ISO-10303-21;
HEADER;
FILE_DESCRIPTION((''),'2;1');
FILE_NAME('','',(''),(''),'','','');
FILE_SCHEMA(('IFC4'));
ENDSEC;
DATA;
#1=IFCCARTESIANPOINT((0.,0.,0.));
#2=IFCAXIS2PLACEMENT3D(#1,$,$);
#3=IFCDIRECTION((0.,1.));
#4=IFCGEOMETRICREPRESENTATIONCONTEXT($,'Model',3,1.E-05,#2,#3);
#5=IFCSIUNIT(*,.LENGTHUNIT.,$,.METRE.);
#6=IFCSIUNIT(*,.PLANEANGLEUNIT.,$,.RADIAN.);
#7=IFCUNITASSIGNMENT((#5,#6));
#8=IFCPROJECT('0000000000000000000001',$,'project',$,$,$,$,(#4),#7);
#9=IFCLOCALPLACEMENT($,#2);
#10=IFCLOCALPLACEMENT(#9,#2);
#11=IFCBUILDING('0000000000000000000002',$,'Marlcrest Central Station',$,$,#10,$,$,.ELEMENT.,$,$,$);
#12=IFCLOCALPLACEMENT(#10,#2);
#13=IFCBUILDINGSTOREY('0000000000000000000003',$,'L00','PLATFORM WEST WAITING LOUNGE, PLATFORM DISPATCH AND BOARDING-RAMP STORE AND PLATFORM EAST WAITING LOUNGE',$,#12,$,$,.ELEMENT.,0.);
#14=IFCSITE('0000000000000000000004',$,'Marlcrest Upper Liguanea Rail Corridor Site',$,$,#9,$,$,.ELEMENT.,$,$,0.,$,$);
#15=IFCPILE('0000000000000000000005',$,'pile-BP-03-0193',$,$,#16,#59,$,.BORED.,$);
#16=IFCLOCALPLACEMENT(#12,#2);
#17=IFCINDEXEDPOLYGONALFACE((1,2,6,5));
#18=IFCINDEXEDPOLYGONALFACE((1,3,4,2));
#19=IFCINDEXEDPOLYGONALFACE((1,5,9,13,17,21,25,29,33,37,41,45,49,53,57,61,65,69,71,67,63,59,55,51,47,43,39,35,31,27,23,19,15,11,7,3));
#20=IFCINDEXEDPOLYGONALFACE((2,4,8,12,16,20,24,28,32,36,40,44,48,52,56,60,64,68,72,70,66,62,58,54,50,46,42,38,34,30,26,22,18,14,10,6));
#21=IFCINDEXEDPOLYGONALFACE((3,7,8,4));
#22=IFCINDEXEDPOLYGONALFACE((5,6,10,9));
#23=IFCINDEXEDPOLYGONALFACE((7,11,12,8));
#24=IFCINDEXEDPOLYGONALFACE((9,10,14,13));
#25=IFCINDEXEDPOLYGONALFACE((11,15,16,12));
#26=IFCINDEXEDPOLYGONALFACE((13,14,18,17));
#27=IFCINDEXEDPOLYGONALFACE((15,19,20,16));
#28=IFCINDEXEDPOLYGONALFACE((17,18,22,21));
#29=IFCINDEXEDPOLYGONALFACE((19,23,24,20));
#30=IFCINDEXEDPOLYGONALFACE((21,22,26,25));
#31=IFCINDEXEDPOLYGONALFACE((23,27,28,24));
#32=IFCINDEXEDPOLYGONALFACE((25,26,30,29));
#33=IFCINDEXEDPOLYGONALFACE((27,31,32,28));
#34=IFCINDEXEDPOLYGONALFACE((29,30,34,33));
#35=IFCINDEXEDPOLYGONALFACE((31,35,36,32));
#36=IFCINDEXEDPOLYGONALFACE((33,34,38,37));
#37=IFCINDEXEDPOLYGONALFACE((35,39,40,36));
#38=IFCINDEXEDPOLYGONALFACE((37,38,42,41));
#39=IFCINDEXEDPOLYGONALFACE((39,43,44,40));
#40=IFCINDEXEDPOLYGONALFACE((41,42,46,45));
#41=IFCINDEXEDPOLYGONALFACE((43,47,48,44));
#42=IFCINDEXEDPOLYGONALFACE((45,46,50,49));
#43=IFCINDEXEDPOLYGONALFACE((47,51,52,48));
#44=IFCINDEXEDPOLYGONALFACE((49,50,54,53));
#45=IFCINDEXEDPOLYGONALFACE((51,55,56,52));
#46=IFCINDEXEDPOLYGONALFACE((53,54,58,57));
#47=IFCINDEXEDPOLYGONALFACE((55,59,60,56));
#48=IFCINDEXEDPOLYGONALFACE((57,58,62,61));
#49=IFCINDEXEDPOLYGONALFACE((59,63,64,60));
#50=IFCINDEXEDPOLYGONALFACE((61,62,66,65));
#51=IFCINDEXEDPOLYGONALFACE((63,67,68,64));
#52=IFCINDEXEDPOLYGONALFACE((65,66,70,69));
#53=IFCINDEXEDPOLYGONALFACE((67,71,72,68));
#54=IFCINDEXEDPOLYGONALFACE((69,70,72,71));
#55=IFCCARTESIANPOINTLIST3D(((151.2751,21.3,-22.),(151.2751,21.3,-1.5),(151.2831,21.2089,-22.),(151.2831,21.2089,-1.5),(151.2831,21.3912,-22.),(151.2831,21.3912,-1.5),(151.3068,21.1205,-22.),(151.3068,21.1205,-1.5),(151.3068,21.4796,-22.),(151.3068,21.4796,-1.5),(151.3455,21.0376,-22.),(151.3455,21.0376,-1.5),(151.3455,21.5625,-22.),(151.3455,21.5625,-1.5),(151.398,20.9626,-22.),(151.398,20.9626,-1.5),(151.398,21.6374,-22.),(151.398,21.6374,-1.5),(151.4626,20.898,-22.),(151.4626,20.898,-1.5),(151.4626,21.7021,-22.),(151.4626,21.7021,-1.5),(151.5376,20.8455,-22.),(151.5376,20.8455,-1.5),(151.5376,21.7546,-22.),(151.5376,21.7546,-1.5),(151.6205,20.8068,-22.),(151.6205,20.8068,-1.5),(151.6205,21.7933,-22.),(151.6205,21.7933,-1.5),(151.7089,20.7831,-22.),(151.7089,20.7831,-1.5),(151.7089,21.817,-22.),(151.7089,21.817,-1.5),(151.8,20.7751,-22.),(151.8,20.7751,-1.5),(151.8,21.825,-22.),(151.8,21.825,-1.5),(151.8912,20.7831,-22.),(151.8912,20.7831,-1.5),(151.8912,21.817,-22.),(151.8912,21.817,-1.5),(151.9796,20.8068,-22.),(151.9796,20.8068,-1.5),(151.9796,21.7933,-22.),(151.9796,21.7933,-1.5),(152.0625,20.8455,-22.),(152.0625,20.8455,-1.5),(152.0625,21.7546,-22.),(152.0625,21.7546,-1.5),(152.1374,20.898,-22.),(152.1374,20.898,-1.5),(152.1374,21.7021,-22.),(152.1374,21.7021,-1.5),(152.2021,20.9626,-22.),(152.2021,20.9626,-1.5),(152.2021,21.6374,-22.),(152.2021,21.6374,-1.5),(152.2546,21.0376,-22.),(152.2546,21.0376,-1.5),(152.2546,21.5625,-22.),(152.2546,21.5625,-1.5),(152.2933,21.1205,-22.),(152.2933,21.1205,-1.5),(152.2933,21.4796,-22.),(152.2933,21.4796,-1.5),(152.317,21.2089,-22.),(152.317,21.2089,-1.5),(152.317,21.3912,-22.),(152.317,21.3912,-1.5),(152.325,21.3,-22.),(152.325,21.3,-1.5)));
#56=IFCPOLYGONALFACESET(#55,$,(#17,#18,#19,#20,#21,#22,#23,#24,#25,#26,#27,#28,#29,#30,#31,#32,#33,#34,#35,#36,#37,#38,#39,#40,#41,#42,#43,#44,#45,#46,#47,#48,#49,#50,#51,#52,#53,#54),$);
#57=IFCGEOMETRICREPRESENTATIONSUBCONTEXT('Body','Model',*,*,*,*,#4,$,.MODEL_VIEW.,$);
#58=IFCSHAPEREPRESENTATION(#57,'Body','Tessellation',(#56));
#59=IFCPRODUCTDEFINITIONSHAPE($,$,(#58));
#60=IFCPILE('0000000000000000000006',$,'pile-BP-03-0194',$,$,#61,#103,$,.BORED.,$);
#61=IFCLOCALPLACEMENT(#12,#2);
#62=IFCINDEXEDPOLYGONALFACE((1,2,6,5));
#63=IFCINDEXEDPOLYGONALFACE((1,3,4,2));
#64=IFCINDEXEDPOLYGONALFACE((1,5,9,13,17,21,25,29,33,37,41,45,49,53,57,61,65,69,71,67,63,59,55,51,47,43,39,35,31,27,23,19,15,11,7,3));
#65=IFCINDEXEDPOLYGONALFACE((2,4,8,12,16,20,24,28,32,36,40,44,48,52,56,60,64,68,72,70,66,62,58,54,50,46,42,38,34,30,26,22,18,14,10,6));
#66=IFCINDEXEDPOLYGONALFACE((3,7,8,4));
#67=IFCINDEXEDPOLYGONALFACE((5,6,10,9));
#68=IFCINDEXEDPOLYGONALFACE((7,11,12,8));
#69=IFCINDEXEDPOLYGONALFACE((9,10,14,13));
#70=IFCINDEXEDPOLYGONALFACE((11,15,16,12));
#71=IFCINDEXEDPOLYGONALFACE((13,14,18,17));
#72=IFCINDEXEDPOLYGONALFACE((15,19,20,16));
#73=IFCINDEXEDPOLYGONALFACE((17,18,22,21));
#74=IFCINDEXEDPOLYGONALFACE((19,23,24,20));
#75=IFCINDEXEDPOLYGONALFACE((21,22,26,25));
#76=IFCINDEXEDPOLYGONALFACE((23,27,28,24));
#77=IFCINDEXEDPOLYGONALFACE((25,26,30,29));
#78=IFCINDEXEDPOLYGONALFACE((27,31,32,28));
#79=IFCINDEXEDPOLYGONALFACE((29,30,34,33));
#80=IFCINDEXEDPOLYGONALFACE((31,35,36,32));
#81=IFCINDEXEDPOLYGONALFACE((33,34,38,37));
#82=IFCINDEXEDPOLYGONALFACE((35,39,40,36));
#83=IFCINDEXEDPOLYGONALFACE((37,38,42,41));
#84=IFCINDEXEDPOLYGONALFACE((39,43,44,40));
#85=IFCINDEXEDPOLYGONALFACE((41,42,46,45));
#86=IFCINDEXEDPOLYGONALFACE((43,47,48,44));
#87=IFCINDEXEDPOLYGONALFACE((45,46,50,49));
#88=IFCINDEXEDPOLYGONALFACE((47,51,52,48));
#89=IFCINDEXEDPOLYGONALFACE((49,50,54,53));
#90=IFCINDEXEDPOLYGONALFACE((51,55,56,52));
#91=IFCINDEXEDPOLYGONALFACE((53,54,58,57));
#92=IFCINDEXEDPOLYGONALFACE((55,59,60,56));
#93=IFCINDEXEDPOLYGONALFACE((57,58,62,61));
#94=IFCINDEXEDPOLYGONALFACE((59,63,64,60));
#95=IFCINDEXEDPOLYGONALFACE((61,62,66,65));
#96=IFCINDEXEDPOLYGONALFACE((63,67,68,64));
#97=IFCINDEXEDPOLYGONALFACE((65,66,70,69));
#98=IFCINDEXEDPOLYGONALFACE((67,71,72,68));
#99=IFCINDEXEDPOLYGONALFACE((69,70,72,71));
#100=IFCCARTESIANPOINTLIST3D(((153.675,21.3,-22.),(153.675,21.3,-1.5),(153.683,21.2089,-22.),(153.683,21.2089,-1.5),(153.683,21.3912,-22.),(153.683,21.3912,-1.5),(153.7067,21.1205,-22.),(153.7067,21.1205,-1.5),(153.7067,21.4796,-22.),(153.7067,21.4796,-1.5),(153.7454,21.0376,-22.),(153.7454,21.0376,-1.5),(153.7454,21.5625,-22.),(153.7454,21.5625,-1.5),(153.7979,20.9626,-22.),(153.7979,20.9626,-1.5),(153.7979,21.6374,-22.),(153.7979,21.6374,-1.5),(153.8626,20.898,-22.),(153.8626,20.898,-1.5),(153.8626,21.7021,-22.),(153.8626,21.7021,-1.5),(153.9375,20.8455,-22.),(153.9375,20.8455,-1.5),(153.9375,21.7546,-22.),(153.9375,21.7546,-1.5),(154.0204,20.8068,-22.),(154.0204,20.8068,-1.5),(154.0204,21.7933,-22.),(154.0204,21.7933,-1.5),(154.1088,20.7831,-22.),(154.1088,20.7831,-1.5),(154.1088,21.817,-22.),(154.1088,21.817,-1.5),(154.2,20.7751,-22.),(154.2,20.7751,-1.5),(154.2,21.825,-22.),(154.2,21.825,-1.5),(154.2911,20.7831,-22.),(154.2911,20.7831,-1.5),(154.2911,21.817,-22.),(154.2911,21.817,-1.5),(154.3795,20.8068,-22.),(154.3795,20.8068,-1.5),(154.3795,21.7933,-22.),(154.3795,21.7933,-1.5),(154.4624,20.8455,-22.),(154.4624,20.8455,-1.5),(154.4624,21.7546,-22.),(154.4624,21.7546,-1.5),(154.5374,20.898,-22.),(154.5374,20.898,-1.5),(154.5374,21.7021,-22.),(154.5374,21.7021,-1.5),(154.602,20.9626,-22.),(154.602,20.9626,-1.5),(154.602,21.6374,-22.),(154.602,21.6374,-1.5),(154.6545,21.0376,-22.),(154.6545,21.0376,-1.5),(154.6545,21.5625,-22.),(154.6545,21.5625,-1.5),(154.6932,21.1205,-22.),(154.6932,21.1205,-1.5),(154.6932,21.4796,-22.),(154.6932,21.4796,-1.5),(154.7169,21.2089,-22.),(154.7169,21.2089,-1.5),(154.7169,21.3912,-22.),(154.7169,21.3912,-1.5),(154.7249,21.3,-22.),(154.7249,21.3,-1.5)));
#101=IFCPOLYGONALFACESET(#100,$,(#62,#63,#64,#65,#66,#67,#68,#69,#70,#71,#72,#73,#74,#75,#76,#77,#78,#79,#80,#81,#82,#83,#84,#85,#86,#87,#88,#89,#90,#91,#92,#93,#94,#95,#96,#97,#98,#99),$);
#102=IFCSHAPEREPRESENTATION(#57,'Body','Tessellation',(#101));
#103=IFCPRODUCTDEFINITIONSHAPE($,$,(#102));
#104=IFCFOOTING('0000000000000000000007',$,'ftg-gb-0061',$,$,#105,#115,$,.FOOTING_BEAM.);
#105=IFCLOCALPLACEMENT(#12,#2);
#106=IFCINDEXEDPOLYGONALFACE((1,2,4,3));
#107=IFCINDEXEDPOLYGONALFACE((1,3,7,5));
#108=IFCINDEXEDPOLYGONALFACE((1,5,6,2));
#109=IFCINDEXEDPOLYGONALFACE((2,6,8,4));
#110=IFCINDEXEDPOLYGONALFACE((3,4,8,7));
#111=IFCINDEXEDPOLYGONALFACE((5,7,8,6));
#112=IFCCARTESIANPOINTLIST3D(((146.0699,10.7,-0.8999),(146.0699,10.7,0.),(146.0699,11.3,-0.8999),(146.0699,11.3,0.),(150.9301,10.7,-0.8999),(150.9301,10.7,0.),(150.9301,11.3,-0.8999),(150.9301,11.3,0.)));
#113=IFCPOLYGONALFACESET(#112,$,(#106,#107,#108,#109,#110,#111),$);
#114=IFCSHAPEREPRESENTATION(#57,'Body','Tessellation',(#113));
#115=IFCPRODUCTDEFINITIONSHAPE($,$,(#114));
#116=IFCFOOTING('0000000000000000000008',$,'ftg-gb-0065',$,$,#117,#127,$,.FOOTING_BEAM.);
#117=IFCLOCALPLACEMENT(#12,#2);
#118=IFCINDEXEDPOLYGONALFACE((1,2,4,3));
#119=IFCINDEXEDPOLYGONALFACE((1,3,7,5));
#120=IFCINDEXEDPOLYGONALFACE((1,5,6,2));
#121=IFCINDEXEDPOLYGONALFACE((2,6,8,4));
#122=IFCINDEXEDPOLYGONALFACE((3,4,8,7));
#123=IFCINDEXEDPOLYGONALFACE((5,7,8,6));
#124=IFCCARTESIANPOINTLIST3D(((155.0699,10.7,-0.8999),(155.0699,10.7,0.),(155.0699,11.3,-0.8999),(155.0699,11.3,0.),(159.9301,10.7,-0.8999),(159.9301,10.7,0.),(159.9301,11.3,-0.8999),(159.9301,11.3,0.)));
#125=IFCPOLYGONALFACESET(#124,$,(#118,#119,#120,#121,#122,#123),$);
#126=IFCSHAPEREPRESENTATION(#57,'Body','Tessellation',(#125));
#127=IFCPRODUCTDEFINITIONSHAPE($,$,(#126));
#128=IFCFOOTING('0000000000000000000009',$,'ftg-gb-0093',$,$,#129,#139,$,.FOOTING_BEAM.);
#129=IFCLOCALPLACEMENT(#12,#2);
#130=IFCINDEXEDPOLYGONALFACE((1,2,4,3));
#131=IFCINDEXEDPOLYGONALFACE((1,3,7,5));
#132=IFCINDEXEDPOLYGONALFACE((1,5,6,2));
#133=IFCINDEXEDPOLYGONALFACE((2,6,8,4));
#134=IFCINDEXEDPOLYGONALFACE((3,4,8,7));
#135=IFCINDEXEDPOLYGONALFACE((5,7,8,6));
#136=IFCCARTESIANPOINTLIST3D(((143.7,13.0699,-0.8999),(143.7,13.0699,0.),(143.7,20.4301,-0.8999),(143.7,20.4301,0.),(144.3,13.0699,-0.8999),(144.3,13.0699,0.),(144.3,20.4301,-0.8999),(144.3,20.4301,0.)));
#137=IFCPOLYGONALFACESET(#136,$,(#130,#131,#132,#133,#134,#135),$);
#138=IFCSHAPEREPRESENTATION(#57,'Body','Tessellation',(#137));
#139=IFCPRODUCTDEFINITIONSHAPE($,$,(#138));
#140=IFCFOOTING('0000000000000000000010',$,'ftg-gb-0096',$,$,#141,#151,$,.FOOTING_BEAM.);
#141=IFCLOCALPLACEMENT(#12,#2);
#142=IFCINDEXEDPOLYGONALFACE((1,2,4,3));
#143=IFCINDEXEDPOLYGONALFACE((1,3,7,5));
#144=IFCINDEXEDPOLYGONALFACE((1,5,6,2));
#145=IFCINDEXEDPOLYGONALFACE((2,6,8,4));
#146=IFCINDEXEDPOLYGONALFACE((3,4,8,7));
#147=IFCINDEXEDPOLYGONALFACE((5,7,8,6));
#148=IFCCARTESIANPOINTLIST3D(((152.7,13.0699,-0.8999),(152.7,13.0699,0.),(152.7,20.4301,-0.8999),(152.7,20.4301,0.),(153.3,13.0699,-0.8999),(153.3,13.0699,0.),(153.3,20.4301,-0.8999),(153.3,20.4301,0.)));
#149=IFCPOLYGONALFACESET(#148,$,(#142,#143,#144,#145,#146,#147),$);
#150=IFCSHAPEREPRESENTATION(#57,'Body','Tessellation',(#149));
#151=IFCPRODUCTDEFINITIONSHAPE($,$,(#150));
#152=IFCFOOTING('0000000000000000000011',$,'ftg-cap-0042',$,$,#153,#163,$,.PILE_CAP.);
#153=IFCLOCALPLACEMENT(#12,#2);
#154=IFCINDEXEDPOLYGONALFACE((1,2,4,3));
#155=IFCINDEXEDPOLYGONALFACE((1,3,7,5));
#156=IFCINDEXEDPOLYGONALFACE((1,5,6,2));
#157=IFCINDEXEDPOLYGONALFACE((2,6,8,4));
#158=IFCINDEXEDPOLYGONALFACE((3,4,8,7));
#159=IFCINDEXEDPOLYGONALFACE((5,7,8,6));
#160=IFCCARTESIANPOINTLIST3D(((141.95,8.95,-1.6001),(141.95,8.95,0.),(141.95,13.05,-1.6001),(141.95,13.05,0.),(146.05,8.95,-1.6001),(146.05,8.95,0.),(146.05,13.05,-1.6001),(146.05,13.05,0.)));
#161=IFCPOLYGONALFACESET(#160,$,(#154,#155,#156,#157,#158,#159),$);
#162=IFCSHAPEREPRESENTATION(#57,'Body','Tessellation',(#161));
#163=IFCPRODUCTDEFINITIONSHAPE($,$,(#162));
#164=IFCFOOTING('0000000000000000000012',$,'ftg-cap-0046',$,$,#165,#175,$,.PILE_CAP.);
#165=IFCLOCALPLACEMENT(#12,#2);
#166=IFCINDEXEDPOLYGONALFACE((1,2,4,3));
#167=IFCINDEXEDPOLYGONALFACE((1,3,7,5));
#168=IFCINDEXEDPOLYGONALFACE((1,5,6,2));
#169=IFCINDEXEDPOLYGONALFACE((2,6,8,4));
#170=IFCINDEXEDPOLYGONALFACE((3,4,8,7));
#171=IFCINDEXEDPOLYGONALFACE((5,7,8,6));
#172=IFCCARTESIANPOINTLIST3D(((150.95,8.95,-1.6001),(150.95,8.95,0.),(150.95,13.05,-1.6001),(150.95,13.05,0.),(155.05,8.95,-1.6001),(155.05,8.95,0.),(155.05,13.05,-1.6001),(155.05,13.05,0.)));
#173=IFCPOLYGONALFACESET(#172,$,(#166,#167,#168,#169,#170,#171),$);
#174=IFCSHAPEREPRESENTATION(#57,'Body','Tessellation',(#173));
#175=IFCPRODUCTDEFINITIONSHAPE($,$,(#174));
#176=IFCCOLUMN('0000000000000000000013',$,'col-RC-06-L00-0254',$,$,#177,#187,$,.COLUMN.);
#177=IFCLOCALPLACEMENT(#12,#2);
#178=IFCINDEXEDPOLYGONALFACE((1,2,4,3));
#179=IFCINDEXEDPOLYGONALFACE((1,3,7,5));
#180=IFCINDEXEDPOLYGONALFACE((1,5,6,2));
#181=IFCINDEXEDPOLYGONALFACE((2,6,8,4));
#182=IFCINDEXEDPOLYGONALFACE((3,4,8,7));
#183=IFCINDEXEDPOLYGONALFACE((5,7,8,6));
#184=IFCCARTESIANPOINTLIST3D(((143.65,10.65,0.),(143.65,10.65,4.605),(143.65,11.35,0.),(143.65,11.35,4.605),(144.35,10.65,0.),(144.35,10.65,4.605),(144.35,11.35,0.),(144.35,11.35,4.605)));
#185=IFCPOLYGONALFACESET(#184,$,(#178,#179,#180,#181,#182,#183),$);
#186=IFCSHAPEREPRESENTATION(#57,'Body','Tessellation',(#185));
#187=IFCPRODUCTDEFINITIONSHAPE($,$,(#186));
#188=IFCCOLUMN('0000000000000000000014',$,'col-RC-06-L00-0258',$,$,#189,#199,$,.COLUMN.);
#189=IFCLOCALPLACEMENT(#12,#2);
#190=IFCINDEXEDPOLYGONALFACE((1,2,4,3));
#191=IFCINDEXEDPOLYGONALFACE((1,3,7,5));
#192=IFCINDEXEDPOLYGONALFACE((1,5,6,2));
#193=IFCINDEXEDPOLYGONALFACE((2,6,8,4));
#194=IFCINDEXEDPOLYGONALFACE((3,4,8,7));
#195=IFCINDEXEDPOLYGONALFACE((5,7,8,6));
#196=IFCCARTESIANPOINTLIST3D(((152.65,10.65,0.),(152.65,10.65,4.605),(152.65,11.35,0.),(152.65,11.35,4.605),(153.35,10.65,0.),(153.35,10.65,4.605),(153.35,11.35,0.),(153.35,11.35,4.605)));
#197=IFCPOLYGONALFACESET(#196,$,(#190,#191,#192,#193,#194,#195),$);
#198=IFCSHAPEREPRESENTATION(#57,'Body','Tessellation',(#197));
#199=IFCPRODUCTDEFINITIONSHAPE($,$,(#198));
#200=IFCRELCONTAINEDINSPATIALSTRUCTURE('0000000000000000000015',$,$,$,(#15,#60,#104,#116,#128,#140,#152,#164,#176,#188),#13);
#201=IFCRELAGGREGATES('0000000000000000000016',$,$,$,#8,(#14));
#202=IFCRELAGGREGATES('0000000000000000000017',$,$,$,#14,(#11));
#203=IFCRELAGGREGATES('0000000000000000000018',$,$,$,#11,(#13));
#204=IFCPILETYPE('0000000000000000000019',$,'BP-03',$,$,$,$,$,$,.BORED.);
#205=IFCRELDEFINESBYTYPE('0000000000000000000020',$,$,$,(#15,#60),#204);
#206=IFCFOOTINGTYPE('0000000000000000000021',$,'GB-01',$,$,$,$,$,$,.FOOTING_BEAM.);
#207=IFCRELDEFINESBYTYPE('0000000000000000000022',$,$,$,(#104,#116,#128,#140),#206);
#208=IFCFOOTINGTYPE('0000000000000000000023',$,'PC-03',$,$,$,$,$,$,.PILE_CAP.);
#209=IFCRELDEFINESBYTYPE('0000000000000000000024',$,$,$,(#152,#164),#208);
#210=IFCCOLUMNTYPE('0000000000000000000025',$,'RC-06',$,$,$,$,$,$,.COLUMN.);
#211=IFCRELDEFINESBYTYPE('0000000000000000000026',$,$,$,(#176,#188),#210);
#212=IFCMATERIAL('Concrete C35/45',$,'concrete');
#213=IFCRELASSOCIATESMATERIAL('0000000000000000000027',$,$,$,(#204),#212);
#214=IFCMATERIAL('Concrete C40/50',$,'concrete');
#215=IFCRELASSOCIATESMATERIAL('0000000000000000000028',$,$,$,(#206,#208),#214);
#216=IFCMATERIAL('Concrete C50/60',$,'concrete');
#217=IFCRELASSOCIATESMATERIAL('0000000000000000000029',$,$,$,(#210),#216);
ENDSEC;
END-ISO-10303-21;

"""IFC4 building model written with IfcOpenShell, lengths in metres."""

from ifc_helpers import new_model, si_unit, direction, frame, origin, origin_2d, place, context, subcontext, project, spatial, rectangle, circle, extrude, material, material_profile, profile_set, type_object, element, save


model = new_model("IFC4")

# Units and contexts
model_context = context("Model", 3, precision=1e-05, world=origin(), true_north=direction((0.0, 1.0)))
body_context = subcontext(model_context, "Body", "Model", "MODEL_VIEW")
ifc_project = project(units=[si_unit("LENGTHUNIT", "METRE"), si_unit("PLANEANGLEUNIT", "RADIAN")], contexts=[model_context])

# Site, building, storey
site_placement = place(None, origin())
site = spatial("IfcSite", under=ifc_project, at=site_placement, Name="Marlcrest Upper Liguanea Rail Corridor Site", CompositionType="ELEMENT", RefElevation=0.0)
building_placement = place(site_placement, origin())
building = spatial("IfcBuilding", under=site, at=building_placement, Name="Marlcrest Central Station", CompositionType="ELEMENT")
storey_placement = place(building_placement, origin())
storey = spatial("IfcBuildingStorey", under=building, at=storey_placement, Name="L00", Description="PLATFORM WEST WAITING LOUNGE, PLATFORM DISPATCH AND BOARDING-RAMP STORE AND PLATFORM EAST WAITING LOUNGE", CompositionType="ELEMENT", Elevation=0.0)

# Piles
ifc_material_1 = material(Name="Concrete C35/45", Category="concrete")
ifc_material_profile_1 = material_profile(ifc_material_1, circle(Radius=0.5249, at=origin_2d()), Name="PILE D1050")
ifc_profile_set_1 = profile_set([ifc_material_profile_1], Name="Concrete C35/45")
pile_type = type_object("IfcPileType", Name="BP-03", PredefinedType="BORED", material=ifc_profile_set_1)
for number, where, z_axis, x_axis, name in (
    (1, (151.8, 21.3, -1.5), (0.0, 0.0, -1.0), (1.0, 0.0, 0.0), "pile-BP-03-0193"),
    (2, (154.2, 21.3, -1.5), (0.0, 0.0, -1.0), (1.0, 0.0, 0.0), "pile-BP-03-0194"),
):
    element("IfcPile", number, at=place(storey_placement, frame(where, z_axis=z_axis, x_axis=x_axis)), inside=storey, type_object=pile_type, Name=name, PredefinedType="BORED", context=body_context, shape_type="SweptSolid", body=[
        extrude(circle(Radius=0.5249, at=origin_2d()), origin(), (0.0, 0.0, 1.0), 20.5),
    ])

# Footings
ifc_material_2 = material(Name="Concrete C40/50", Category="concrete")
footing_type_1 = type_object("IfcFootingType", Name="GB-01", PredefinedType="FOOTING_BEAM", material=ifc_material_2)
for number, where, z_axis, x_axis, name in (
    (3, (148.5, 11.0, -0.8999), (0.0, 0.0, 1.0), (1.0, 0.0, 0.0), "ftg-gb-0061"),
    (4, (157.5, 11.0, -0.8999), (0.0, 0.0, 1.0), (1.0, 0.0, 0.0), "ftg-gb-0065"),
):
    element("IfcFooting", number, at=place(storey_placement, frame(where, z_axis=z_axis, x_axis=x_axis)), inside=storey, type_object=footing_type_1, Name=name, PredefinedType="FOOTING_BEAM", context=body_context, shape_type="SweptSolid", body=[
        extrude(rectangle(XDim=4.8601, YDim=0.6001, at=origin_2d()), origin(), (0.0, 0.0, 1.0), 0.8999),
    ])
for number, where, z_axis, x_axis, name in (
    (5, (144.0, 16.75, -0.8999), (0.0, 0.0, 1.0), (1.0, 0.0, 0.0), "ftg-gb-0093"),
    (6, (153.0, 16.75, -0.8999), (0.0, 0.0, 1.0), (1.0, 0.0, 0.0), "ftg-gb-0096"),
):
    element("IfcFooting", number, at=place(storey_placement, frame(where, z_axis=z_axis, x_axis=x_axis)), inside=storey, type_object=footing_type_1, Name=name, PredefinedType="FOOTING_BEAM", context=body_context, shape_type="SweptSolid", body=[
        extrude(rectangle(XDim=0.6001, YDim=7.3601, at=origin_2d()), origin(), (0.0, 0.0, 1.0), 0.8999),
    ])
footing_type_2 = type_object("IfcFootingType", Name="PC-03", PredefinedType="PILE_CAP", material=ifc_material_2)
for number, where, z_axis, x_axis, name in (
    (7, (144.0, 11.0, -1.6001), (0.0, 0.0, 1.0), (1.0, 0.0, 0.0), "ftg-cap-0042"),
    (8, (153.0, 11.0, -1.6001), (0.0, 0.0, 1.0), (1.0, 0.0, 0.0), "ftg-cap-0046"),
):
    element("IfcFooting", number, at=place(storey_placement, frame(where, z_axis=z_axis, x_axis=x_axis)), inside=storey, type_object=footing_type_2, Name=name, PredefinedType="PILE_CAP", context=body_context, shape_type="SweptSolid", body=[
        extrude(rectangle(XDim=4.1001, YDim=4.1001, at=origin_2d()), origin(), (0.0, 0.0, 1.0), 1.6001),
    ])

# Columns
ifc_material_3 = material(Name="Concrete C50/60", Category="concrete")
ifc_material_profile_2 = material_profile(ifc_material_3, rectangle(XDim=0.7, YDim=0.7, at=origin_2d()), Name="RC 700x700")
ifc_profile_set_2 = profile_set([ifc_material_profile_2], Name="Concrete C50/60")
column_type_1 = type_object("IfcColumnType", Name="RC-06", PredefinedType="COLUMN", material=ifc_profile_set_2)
for number, where, z_axis, x_axis, name in (
    (9, (144.0, 11.0, 0.0), (0.0, 0.0, 1.0), (1.0, 0.0, 0.0), "col-RC-06-L00-0254"),
    (10, (153.0, 11.0, 0.0), (0.0, 0.0, 1.0), (1.0, 0.0, 0.0), "col-RC-06-L00-0258"),
):
    element("IfcColumn", number, at=place(storey_placement, frame(where, z_axis=z_axis, x_axis=x_axis)), inside=storey, type_object=column_type_1, Name=name, PredefinedType="COLUMN", context=body_context, shape_type="SweptSolid", body=[
        extrude(rectangle(XDim=0.7, YDim=0.7, at=origin_2d()), origin(), (0.0, 0.0, 1.0), 4.605),
    ])

save(model, "model.ifc")
